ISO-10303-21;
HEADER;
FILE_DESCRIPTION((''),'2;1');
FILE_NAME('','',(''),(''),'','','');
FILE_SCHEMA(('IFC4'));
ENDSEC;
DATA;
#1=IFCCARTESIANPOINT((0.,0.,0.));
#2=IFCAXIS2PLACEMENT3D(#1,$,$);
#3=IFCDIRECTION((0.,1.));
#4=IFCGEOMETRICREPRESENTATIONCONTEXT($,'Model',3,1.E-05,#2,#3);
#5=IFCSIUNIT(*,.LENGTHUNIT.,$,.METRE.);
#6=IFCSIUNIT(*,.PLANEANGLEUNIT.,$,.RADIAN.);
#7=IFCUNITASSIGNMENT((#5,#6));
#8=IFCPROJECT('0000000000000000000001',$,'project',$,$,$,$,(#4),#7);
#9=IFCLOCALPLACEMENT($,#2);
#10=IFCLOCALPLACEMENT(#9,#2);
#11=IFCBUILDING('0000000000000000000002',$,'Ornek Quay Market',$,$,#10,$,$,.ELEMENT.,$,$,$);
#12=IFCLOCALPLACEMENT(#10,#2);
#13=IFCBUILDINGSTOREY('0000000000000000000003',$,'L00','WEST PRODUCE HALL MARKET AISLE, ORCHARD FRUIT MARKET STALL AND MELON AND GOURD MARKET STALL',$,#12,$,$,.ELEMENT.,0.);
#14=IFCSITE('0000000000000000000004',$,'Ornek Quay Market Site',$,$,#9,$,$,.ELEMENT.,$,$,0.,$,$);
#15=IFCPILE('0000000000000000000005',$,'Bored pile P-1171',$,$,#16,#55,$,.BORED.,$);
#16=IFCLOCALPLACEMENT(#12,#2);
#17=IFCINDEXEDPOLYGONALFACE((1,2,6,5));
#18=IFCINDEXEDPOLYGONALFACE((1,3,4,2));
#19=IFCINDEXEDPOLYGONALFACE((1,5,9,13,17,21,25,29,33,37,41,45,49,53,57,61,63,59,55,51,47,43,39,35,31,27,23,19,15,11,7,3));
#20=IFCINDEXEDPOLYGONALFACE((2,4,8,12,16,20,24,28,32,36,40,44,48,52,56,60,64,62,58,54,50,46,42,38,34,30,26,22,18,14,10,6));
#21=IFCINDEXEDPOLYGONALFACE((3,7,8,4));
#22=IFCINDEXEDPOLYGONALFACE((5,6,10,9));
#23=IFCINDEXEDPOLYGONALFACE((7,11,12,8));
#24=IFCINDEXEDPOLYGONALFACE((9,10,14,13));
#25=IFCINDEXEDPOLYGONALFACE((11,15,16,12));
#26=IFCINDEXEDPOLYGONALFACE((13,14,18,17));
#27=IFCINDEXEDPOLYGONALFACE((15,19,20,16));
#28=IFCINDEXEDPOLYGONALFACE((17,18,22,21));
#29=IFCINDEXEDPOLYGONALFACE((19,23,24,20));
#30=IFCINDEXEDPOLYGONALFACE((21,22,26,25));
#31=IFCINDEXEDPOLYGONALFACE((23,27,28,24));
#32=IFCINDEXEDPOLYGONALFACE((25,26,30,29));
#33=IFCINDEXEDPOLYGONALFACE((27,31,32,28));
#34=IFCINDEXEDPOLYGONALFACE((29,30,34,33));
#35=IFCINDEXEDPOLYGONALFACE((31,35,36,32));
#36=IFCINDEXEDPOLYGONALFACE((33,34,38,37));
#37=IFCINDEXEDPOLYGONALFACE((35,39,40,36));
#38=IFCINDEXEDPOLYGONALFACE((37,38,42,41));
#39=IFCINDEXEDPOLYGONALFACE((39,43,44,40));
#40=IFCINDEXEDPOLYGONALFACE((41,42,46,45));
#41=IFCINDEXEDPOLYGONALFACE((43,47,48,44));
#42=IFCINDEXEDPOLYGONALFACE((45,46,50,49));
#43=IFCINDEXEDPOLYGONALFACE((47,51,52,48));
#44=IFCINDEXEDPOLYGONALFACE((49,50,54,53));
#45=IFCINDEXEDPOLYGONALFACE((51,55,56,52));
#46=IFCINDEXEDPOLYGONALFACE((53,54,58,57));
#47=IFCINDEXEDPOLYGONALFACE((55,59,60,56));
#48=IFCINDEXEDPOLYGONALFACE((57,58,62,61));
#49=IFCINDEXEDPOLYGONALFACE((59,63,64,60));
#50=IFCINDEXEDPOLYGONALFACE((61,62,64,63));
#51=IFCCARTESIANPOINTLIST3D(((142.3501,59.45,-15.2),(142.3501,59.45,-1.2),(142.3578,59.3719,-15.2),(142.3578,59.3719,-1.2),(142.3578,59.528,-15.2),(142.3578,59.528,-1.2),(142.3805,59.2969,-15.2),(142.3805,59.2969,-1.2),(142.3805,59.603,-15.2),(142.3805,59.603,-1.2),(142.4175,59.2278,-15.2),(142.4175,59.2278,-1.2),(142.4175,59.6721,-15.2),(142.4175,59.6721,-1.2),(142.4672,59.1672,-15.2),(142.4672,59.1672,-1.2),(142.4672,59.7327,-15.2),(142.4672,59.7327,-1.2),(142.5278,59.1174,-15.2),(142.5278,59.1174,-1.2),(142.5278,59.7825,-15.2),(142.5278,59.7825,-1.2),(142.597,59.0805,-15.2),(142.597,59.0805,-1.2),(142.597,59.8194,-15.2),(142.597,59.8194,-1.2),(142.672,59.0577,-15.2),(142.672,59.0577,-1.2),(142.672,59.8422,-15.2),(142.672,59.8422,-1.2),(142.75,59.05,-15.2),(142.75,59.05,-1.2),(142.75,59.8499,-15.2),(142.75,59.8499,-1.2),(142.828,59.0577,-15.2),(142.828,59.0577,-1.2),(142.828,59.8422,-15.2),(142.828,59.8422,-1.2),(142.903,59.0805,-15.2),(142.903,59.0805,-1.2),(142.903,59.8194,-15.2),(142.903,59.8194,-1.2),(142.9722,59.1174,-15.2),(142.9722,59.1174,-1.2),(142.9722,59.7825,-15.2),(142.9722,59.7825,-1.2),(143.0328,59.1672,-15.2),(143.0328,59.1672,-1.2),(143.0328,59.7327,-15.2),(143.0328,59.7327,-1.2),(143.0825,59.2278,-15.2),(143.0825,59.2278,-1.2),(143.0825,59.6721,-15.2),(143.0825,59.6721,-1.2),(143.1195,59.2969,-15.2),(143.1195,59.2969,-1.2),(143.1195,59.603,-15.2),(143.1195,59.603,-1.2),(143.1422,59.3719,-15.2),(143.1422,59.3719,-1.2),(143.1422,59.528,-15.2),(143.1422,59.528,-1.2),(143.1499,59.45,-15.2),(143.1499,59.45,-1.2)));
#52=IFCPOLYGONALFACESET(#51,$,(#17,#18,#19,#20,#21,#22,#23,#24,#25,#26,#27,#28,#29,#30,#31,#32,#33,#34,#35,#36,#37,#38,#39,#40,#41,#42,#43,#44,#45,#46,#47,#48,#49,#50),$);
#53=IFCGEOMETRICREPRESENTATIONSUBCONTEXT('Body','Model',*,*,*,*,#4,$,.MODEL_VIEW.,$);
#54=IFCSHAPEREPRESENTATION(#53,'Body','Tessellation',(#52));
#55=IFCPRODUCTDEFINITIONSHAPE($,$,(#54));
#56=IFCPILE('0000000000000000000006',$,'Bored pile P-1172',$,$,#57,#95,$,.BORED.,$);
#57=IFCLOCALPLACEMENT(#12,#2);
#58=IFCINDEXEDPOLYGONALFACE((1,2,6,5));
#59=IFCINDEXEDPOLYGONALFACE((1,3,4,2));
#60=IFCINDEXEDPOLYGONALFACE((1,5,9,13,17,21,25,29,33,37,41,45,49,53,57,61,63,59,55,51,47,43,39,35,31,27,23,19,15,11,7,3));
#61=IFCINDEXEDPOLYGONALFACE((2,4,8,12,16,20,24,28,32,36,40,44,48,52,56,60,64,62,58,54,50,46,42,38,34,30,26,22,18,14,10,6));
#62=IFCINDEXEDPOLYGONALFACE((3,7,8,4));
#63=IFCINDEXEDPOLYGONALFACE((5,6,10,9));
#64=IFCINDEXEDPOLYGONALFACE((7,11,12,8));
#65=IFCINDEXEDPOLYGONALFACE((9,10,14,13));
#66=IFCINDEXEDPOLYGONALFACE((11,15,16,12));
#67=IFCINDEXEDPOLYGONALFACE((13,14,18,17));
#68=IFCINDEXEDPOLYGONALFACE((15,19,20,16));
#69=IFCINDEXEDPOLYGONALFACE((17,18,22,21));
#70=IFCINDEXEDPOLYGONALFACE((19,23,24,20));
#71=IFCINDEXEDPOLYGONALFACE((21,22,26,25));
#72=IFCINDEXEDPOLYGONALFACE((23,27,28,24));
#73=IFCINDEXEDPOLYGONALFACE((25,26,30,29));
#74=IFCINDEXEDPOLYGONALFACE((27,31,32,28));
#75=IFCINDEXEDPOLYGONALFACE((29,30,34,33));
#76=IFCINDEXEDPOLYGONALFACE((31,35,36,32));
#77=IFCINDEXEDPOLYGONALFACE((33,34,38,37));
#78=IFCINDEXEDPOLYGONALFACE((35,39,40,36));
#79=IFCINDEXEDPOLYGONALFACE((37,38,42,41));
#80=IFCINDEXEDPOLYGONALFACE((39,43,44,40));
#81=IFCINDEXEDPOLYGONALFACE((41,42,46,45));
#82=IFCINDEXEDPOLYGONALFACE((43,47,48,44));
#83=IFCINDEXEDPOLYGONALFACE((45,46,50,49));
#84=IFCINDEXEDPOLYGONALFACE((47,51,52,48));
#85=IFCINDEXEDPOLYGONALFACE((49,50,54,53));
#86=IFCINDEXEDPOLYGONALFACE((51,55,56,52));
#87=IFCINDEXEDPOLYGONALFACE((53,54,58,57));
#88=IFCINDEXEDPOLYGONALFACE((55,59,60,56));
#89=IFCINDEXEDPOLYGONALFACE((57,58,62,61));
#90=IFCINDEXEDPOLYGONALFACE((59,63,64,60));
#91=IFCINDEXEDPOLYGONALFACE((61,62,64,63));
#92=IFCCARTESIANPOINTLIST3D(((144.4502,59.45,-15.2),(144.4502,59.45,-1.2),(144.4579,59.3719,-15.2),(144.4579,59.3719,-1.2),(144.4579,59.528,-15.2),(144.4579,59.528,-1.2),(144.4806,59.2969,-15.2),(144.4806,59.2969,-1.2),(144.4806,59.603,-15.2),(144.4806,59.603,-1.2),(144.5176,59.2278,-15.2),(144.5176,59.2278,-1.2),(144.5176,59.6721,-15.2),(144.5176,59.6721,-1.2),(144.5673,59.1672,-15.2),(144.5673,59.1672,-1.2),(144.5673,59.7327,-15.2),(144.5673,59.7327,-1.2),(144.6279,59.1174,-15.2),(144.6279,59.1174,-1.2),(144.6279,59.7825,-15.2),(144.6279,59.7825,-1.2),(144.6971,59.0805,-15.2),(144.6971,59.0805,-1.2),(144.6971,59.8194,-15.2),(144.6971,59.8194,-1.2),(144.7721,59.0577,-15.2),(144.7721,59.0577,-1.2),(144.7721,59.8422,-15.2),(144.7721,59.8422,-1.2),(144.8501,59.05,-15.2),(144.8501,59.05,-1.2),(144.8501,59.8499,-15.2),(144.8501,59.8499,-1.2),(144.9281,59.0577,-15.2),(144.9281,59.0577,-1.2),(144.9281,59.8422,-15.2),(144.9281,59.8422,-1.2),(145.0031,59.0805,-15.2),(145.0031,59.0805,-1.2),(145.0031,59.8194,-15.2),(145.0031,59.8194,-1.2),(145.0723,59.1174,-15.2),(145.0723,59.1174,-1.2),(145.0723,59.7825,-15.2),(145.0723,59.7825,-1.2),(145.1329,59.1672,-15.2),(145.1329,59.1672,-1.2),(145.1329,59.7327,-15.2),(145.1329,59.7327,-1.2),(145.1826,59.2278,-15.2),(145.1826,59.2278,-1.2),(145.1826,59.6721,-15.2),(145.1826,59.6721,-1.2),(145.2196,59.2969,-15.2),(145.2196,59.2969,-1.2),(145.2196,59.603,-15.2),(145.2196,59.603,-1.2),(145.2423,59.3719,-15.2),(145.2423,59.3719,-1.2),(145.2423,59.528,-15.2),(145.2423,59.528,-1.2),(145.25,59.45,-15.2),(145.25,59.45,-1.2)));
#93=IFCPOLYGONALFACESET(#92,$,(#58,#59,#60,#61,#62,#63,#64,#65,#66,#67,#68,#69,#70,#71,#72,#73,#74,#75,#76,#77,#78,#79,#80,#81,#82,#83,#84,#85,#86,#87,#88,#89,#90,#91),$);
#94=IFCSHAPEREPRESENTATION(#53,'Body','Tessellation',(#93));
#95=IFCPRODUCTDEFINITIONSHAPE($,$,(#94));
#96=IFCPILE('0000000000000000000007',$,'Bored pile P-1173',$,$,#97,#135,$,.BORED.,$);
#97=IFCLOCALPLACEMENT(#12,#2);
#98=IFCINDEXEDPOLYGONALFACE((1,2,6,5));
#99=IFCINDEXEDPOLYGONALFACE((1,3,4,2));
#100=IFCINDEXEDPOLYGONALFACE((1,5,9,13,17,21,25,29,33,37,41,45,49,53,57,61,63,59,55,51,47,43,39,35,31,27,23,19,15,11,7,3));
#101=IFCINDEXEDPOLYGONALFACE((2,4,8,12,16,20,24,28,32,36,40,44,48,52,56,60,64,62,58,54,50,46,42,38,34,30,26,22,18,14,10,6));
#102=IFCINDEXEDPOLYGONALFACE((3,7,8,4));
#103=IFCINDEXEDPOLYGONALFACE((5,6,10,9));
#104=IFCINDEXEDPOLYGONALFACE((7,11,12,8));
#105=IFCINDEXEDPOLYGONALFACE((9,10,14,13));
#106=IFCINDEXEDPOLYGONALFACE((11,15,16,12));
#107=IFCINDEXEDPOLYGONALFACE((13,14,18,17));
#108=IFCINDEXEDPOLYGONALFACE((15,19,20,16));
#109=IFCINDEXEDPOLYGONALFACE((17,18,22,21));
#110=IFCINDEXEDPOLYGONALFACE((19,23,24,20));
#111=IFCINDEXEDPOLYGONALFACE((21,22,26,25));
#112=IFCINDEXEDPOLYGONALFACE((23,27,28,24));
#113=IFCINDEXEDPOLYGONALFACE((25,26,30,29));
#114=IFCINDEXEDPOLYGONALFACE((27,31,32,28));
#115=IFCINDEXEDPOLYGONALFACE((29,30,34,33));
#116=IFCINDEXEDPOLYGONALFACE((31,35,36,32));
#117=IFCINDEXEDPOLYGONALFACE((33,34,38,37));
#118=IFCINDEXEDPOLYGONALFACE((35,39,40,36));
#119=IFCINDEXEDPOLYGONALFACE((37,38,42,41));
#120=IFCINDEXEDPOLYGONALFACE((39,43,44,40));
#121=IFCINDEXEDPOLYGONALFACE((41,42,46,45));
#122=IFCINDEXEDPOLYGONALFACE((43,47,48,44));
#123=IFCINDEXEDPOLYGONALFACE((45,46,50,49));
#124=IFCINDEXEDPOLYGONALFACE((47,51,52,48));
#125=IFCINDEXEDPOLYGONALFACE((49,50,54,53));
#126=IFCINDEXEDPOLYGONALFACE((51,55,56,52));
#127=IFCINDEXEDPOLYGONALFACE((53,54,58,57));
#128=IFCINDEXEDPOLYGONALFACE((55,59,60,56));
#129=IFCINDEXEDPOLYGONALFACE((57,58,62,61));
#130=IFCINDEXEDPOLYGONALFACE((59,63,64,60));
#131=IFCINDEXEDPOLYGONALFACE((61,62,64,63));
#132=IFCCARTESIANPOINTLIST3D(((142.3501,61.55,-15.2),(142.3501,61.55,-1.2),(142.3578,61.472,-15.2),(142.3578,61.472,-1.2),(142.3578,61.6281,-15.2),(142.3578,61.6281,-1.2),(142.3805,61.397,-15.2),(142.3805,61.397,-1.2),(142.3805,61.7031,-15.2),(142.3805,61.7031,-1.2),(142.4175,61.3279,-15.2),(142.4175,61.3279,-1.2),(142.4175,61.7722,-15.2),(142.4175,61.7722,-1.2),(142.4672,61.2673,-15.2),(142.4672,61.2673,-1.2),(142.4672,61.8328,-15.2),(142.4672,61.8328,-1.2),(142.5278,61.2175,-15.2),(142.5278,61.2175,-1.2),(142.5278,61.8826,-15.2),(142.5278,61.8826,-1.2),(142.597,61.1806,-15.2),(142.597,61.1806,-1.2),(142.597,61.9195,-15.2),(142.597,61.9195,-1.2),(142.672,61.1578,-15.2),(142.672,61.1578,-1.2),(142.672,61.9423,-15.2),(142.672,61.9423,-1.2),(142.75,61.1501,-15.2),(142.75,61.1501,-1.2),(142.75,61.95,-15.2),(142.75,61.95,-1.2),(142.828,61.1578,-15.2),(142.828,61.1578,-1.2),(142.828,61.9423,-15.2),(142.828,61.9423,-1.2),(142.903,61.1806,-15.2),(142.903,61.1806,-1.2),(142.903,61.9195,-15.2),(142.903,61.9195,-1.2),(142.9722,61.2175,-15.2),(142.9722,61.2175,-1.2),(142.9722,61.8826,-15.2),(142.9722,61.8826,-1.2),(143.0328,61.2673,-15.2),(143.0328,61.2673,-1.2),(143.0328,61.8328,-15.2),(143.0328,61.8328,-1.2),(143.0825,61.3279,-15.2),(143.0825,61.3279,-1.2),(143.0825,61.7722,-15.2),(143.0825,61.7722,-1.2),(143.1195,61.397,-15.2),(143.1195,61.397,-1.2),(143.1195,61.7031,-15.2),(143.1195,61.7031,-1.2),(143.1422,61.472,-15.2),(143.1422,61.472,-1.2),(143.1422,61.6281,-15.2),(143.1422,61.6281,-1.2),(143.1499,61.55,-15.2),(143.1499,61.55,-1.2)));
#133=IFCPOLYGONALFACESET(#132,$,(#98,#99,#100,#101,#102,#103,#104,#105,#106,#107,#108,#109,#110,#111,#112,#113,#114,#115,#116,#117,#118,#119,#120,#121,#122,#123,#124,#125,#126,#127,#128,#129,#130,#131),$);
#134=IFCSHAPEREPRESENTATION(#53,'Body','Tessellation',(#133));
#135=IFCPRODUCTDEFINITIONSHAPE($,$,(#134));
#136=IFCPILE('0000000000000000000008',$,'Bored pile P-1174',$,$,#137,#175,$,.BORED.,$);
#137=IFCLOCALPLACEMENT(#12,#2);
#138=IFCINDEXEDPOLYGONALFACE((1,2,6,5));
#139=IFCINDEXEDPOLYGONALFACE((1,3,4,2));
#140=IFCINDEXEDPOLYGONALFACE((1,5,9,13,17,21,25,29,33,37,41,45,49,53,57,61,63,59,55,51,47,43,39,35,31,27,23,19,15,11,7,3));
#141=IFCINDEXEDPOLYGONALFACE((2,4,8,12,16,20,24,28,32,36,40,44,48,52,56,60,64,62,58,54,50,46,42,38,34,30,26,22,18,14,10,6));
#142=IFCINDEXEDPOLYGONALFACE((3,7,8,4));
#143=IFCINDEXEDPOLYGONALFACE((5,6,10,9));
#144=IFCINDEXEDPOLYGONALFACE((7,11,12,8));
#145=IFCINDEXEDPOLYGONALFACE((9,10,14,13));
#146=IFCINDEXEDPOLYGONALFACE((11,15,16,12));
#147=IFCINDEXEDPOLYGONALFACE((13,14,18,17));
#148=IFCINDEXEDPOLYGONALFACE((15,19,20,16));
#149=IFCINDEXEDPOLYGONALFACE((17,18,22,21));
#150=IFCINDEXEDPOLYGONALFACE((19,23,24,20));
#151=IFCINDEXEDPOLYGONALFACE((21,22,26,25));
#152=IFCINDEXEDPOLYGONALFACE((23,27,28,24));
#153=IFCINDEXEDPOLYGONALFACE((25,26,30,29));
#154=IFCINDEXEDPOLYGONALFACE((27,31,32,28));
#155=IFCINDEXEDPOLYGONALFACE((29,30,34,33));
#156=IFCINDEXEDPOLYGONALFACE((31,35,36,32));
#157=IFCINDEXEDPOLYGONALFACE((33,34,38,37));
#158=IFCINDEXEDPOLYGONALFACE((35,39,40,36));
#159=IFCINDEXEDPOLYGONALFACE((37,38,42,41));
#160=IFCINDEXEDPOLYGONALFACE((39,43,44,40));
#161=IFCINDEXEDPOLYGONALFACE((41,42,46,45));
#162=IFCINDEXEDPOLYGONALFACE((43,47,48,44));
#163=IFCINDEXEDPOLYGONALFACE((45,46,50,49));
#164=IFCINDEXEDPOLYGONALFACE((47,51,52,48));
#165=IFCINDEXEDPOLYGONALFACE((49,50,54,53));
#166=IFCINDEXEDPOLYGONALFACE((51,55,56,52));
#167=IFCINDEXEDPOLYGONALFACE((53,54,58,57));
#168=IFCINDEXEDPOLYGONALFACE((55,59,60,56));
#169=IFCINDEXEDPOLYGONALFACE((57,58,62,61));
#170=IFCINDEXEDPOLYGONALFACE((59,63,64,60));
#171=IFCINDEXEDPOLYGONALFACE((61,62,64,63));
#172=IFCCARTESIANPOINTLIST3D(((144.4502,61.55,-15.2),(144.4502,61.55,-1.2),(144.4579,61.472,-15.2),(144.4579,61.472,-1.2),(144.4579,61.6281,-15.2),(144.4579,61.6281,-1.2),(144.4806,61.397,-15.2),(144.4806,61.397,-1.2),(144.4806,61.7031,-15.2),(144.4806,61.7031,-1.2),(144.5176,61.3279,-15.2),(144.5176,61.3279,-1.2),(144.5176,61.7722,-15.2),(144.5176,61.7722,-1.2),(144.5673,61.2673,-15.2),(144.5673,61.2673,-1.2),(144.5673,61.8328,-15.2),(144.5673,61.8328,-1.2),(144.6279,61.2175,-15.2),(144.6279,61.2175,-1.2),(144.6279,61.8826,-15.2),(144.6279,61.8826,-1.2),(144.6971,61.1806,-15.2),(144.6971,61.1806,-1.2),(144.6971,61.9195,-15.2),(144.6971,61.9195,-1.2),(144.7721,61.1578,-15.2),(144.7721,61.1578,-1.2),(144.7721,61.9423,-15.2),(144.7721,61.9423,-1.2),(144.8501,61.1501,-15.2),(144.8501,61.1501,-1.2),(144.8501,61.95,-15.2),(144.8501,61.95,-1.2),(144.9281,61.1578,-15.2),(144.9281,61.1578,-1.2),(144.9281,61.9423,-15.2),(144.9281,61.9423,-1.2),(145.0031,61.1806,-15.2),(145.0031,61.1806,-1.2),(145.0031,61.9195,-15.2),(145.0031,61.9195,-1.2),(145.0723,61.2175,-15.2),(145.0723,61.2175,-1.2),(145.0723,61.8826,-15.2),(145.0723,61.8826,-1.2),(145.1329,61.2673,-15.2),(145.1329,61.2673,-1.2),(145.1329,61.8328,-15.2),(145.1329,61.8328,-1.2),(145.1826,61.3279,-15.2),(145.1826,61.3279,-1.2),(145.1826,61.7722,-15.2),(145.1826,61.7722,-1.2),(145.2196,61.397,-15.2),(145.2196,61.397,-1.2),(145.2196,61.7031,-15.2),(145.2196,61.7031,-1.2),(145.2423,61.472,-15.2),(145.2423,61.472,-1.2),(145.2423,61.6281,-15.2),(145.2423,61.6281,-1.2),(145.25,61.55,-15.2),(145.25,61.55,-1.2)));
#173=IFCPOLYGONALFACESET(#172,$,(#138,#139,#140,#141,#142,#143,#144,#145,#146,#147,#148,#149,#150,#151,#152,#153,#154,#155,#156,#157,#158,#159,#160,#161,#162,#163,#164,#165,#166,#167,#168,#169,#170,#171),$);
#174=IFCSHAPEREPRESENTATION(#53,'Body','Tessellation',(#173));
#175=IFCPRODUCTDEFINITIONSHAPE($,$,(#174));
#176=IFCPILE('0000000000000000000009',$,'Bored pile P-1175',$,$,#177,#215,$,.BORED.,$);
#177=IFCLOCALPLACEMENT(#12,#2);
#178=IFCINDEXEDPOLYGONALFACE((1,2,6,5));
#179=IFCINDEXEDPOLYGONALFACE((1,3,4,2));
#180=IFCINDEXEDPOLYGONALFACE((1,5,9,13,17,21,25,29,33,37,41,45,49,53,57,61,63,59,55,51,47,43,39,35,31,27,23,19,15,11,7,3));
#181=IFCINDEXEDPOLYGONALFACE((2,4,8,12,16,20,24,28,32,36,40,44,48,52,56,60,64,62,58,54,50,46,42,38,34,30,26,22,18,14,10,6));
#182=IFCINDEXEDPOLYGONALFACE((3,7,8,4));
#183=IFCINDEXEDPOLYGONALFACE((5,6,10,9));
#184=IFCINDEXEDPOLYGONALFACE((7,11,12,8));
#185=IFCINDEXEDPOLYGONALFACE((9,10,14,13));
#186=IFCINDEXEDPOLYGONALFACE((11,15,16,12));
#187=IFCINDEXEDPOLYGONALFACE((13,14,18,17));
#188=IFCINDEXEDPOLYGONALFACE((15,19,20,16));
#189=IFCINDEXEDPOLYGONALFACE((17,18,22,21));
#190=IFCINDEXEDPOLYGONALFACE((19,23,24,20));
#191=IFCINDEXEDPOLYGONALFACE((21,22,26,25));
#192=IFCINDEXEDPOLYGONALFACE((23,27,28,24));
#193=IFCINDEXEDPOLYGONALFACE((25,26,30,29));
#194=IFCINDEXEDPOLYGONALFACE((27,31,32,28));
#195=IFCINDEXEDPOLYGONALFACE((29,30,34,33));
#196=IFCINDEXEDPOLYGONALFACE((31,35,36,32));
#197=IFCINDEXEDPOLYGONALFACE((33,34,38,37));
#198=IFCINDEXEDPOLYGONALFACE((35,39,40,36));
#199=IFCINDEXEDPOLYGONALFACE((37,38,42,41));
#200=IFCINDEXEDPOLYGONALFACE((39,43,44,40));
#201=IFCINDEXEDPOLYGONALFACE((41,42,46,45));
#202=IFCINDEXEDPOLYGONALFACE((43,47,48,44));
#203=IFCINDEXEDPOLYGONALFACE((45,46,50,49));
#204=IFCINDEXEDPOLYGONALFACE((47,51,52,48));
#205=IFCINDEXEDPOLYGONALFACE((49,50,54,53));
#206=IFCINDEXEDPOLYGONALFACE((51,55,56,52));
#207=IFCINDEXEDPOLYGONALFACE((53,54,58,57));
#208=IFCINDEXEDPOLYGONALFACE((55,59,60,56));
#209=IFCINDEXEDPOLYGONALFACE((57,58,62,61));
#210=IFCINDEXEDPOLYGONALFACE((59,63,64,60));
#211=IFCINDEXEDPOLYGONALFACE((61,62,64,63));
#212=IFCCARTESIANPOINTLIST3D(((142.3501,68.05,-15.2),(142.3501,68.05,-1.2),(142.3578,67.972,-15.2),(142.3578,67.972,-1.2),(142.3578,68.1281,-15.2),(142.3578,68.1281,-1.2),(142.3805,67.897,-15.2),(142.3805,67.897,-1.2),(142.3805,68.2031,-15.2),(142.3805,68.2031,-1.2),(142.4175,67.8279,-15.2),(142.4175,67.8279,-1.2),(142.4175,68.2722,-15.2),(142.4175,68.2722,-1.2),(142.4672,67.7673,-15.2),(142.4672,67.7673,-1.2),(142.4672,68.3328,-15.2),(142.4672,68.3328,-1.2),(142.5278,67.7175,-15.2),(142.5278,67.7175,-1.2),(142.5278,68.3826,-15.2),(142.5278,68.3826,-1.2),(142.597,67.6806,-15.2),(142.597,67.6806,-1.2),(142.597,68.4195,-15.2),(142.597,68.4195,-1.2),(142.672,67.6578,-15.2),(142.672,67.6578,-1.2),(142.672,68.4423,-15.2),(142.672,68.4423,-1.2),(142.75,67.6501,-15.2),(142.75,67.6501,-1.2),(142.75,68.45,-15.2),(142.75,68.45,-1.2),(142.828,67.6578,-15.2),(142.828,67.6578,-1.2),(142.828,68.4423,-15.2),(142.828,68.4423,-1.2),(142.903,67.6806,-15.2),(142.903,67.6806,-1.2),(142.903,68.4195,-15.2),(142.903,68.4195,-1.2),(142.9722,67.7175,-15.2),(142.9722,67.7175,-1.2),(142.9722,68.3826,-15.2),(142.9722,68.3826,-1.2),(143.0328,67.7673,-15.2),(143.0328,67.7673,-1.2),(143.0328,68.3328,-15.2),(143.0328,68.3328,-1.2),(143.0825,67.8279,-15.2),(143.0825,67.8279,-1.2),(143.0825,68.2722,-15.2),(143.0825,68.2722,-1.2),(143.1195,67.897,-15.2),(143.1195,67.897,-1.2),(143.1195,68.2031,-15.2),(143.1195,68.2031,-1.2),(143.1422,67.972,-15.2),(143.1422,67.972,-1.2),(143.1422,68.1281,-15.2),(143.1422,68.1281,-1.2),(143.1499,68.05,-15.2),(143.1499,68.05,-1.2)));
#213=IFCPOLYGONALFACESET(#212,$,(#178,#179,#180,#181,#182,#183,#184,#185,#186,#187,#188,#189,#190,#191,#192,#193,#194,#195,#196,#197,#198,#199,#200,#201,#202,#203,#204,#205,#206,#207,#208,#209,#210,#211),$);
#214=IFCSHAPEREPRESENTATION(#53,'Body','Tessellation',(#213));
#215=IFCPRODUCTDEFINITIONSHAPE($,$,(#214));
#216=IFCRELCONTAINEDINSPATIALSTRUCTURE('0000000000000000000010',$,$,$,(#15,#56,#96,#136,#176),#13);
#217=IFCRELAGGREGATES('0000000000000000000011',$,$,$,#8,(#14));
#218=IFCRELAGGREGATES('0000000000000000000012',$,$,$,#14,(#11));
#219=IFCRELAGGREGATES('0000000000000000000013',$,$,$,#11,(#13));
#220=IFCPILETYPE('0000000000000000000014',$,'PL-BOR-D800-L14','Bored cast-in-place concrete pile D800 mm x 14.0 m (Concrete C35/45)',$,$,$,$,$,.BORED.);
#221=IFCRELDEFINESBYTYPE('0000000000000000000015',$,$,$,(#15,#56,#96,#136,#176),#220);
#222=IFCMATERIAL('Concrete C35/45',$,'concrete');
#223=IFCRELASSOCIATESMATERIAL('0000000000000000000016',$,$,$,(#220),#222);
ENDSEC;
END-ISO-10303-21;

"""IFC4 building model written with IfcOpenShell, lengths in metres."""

from ifc_helpers import new_model, si_unit, direction, frame, origin, origin_2d, place, context, subcontext, project, spatial, circle, extrude, material, material_profile, profile_set, type_object, element, save


model = new_model("IFC4")

# Units and contexts
model_context = context("Model", 3, precision=1e-05, world=origin(), true_north=direction((0.0, 1.0)))
body_context = subcontext(model_context, "Body", "Model", "MODEL_VIEW")
ifc_project = project(units=[si_unit("LENGTHUNIT", "METRE"), si_unit("PLANEANGLEUNIT", "RADIAN")], contexts=[model_context])

# Site, building, storey
site_placement = place(None, origin())
site = spatial("IfcSite", under=ifc_project, at=site_placement, Name="Ornek Quay Market Site", CompositionType="ELEMENT", RefElevation=0.0)
building_placement = place(site_placement, origin())
building = spatial("IfcBuilding", under=site, at=building_placement, Name="Ornek Quay Market", CompositionType="ELEMENT")
storey_placement = place(building_placement, origin())
storey = spatial("IfcBuildingStorey", under=building, at=storey_placement, Name="L00", Description="WEST PRODUCE HALL MARKET AISLE, ORCHARD FRUIT MARKET STALL AND MELON AND GOURD MARKET STALL", CompositionType="ELEMENT", Elevation=0.0)

# Piles
ifc_material_1 = material(Name="Concrete C35/45", Category="concrete")
ifc_material_profile_1 = material_profile(ifc_material_1, circle(Radius=0.3999, at=origin_2d()), Name="PILE D800", Category="concrete")
ifc_profile_set_1 = profile_set([ifc_material_profile_1], Name="Concrete C35/45")
pile_type_1 = type_object("IfcPileType", Name="PL-BOR-D800-L14", Description="Bored cast-in-place concrete pile D800 mm x 14.0 m (Concrete C35/45)", PredefinedType="BORED", material=ifc_profile_set_1)
for number, where, z_axis, x_axis, name in (
    (1, (142.75, 59.45, -1.2), (0.0, 0.0, -1.0), (1.0, 0.0, 0.0), "Bored pile P-1171"),
    (2, (144.8501, 59.45, -1.2), (0.0, 0.0, -1.0), (1.0, 0.0, 0.0), "Bored pile P-1172"),
    (3, (142.75, 61.55, -1.2), (0.0, 0.0, -1.0), (1.0, 0.0, 0.0), "Bored pile P-1173"),
    (4, (144.8501, 61.55, -1.2), (0.0, 0.0, -1.0), (1.0, 0.0, 0.0), "Bored pile P-1174"),
    (5, (142.75, 68.05, -1.2), (0.0, 0.0, -1.0), (1.0, 0.0, 0.0), "Bored pile P-1175"),
):
    element("IfcPile", number, at=place(storey_placement, frame(where, z_axis=z_axis, x_axis=x_axis)), inside=storey, type_object=pile_type_1, Name=name, PredefinedType="BORED", context=body_context, shape_type="SweptSolid", body=[
        extrude(circle(Radius=0.3999, at=origin_2d()), origin(), (0.0, 0.0, 1.0), 14.0),
    ])

save(model, "model.ifc")
